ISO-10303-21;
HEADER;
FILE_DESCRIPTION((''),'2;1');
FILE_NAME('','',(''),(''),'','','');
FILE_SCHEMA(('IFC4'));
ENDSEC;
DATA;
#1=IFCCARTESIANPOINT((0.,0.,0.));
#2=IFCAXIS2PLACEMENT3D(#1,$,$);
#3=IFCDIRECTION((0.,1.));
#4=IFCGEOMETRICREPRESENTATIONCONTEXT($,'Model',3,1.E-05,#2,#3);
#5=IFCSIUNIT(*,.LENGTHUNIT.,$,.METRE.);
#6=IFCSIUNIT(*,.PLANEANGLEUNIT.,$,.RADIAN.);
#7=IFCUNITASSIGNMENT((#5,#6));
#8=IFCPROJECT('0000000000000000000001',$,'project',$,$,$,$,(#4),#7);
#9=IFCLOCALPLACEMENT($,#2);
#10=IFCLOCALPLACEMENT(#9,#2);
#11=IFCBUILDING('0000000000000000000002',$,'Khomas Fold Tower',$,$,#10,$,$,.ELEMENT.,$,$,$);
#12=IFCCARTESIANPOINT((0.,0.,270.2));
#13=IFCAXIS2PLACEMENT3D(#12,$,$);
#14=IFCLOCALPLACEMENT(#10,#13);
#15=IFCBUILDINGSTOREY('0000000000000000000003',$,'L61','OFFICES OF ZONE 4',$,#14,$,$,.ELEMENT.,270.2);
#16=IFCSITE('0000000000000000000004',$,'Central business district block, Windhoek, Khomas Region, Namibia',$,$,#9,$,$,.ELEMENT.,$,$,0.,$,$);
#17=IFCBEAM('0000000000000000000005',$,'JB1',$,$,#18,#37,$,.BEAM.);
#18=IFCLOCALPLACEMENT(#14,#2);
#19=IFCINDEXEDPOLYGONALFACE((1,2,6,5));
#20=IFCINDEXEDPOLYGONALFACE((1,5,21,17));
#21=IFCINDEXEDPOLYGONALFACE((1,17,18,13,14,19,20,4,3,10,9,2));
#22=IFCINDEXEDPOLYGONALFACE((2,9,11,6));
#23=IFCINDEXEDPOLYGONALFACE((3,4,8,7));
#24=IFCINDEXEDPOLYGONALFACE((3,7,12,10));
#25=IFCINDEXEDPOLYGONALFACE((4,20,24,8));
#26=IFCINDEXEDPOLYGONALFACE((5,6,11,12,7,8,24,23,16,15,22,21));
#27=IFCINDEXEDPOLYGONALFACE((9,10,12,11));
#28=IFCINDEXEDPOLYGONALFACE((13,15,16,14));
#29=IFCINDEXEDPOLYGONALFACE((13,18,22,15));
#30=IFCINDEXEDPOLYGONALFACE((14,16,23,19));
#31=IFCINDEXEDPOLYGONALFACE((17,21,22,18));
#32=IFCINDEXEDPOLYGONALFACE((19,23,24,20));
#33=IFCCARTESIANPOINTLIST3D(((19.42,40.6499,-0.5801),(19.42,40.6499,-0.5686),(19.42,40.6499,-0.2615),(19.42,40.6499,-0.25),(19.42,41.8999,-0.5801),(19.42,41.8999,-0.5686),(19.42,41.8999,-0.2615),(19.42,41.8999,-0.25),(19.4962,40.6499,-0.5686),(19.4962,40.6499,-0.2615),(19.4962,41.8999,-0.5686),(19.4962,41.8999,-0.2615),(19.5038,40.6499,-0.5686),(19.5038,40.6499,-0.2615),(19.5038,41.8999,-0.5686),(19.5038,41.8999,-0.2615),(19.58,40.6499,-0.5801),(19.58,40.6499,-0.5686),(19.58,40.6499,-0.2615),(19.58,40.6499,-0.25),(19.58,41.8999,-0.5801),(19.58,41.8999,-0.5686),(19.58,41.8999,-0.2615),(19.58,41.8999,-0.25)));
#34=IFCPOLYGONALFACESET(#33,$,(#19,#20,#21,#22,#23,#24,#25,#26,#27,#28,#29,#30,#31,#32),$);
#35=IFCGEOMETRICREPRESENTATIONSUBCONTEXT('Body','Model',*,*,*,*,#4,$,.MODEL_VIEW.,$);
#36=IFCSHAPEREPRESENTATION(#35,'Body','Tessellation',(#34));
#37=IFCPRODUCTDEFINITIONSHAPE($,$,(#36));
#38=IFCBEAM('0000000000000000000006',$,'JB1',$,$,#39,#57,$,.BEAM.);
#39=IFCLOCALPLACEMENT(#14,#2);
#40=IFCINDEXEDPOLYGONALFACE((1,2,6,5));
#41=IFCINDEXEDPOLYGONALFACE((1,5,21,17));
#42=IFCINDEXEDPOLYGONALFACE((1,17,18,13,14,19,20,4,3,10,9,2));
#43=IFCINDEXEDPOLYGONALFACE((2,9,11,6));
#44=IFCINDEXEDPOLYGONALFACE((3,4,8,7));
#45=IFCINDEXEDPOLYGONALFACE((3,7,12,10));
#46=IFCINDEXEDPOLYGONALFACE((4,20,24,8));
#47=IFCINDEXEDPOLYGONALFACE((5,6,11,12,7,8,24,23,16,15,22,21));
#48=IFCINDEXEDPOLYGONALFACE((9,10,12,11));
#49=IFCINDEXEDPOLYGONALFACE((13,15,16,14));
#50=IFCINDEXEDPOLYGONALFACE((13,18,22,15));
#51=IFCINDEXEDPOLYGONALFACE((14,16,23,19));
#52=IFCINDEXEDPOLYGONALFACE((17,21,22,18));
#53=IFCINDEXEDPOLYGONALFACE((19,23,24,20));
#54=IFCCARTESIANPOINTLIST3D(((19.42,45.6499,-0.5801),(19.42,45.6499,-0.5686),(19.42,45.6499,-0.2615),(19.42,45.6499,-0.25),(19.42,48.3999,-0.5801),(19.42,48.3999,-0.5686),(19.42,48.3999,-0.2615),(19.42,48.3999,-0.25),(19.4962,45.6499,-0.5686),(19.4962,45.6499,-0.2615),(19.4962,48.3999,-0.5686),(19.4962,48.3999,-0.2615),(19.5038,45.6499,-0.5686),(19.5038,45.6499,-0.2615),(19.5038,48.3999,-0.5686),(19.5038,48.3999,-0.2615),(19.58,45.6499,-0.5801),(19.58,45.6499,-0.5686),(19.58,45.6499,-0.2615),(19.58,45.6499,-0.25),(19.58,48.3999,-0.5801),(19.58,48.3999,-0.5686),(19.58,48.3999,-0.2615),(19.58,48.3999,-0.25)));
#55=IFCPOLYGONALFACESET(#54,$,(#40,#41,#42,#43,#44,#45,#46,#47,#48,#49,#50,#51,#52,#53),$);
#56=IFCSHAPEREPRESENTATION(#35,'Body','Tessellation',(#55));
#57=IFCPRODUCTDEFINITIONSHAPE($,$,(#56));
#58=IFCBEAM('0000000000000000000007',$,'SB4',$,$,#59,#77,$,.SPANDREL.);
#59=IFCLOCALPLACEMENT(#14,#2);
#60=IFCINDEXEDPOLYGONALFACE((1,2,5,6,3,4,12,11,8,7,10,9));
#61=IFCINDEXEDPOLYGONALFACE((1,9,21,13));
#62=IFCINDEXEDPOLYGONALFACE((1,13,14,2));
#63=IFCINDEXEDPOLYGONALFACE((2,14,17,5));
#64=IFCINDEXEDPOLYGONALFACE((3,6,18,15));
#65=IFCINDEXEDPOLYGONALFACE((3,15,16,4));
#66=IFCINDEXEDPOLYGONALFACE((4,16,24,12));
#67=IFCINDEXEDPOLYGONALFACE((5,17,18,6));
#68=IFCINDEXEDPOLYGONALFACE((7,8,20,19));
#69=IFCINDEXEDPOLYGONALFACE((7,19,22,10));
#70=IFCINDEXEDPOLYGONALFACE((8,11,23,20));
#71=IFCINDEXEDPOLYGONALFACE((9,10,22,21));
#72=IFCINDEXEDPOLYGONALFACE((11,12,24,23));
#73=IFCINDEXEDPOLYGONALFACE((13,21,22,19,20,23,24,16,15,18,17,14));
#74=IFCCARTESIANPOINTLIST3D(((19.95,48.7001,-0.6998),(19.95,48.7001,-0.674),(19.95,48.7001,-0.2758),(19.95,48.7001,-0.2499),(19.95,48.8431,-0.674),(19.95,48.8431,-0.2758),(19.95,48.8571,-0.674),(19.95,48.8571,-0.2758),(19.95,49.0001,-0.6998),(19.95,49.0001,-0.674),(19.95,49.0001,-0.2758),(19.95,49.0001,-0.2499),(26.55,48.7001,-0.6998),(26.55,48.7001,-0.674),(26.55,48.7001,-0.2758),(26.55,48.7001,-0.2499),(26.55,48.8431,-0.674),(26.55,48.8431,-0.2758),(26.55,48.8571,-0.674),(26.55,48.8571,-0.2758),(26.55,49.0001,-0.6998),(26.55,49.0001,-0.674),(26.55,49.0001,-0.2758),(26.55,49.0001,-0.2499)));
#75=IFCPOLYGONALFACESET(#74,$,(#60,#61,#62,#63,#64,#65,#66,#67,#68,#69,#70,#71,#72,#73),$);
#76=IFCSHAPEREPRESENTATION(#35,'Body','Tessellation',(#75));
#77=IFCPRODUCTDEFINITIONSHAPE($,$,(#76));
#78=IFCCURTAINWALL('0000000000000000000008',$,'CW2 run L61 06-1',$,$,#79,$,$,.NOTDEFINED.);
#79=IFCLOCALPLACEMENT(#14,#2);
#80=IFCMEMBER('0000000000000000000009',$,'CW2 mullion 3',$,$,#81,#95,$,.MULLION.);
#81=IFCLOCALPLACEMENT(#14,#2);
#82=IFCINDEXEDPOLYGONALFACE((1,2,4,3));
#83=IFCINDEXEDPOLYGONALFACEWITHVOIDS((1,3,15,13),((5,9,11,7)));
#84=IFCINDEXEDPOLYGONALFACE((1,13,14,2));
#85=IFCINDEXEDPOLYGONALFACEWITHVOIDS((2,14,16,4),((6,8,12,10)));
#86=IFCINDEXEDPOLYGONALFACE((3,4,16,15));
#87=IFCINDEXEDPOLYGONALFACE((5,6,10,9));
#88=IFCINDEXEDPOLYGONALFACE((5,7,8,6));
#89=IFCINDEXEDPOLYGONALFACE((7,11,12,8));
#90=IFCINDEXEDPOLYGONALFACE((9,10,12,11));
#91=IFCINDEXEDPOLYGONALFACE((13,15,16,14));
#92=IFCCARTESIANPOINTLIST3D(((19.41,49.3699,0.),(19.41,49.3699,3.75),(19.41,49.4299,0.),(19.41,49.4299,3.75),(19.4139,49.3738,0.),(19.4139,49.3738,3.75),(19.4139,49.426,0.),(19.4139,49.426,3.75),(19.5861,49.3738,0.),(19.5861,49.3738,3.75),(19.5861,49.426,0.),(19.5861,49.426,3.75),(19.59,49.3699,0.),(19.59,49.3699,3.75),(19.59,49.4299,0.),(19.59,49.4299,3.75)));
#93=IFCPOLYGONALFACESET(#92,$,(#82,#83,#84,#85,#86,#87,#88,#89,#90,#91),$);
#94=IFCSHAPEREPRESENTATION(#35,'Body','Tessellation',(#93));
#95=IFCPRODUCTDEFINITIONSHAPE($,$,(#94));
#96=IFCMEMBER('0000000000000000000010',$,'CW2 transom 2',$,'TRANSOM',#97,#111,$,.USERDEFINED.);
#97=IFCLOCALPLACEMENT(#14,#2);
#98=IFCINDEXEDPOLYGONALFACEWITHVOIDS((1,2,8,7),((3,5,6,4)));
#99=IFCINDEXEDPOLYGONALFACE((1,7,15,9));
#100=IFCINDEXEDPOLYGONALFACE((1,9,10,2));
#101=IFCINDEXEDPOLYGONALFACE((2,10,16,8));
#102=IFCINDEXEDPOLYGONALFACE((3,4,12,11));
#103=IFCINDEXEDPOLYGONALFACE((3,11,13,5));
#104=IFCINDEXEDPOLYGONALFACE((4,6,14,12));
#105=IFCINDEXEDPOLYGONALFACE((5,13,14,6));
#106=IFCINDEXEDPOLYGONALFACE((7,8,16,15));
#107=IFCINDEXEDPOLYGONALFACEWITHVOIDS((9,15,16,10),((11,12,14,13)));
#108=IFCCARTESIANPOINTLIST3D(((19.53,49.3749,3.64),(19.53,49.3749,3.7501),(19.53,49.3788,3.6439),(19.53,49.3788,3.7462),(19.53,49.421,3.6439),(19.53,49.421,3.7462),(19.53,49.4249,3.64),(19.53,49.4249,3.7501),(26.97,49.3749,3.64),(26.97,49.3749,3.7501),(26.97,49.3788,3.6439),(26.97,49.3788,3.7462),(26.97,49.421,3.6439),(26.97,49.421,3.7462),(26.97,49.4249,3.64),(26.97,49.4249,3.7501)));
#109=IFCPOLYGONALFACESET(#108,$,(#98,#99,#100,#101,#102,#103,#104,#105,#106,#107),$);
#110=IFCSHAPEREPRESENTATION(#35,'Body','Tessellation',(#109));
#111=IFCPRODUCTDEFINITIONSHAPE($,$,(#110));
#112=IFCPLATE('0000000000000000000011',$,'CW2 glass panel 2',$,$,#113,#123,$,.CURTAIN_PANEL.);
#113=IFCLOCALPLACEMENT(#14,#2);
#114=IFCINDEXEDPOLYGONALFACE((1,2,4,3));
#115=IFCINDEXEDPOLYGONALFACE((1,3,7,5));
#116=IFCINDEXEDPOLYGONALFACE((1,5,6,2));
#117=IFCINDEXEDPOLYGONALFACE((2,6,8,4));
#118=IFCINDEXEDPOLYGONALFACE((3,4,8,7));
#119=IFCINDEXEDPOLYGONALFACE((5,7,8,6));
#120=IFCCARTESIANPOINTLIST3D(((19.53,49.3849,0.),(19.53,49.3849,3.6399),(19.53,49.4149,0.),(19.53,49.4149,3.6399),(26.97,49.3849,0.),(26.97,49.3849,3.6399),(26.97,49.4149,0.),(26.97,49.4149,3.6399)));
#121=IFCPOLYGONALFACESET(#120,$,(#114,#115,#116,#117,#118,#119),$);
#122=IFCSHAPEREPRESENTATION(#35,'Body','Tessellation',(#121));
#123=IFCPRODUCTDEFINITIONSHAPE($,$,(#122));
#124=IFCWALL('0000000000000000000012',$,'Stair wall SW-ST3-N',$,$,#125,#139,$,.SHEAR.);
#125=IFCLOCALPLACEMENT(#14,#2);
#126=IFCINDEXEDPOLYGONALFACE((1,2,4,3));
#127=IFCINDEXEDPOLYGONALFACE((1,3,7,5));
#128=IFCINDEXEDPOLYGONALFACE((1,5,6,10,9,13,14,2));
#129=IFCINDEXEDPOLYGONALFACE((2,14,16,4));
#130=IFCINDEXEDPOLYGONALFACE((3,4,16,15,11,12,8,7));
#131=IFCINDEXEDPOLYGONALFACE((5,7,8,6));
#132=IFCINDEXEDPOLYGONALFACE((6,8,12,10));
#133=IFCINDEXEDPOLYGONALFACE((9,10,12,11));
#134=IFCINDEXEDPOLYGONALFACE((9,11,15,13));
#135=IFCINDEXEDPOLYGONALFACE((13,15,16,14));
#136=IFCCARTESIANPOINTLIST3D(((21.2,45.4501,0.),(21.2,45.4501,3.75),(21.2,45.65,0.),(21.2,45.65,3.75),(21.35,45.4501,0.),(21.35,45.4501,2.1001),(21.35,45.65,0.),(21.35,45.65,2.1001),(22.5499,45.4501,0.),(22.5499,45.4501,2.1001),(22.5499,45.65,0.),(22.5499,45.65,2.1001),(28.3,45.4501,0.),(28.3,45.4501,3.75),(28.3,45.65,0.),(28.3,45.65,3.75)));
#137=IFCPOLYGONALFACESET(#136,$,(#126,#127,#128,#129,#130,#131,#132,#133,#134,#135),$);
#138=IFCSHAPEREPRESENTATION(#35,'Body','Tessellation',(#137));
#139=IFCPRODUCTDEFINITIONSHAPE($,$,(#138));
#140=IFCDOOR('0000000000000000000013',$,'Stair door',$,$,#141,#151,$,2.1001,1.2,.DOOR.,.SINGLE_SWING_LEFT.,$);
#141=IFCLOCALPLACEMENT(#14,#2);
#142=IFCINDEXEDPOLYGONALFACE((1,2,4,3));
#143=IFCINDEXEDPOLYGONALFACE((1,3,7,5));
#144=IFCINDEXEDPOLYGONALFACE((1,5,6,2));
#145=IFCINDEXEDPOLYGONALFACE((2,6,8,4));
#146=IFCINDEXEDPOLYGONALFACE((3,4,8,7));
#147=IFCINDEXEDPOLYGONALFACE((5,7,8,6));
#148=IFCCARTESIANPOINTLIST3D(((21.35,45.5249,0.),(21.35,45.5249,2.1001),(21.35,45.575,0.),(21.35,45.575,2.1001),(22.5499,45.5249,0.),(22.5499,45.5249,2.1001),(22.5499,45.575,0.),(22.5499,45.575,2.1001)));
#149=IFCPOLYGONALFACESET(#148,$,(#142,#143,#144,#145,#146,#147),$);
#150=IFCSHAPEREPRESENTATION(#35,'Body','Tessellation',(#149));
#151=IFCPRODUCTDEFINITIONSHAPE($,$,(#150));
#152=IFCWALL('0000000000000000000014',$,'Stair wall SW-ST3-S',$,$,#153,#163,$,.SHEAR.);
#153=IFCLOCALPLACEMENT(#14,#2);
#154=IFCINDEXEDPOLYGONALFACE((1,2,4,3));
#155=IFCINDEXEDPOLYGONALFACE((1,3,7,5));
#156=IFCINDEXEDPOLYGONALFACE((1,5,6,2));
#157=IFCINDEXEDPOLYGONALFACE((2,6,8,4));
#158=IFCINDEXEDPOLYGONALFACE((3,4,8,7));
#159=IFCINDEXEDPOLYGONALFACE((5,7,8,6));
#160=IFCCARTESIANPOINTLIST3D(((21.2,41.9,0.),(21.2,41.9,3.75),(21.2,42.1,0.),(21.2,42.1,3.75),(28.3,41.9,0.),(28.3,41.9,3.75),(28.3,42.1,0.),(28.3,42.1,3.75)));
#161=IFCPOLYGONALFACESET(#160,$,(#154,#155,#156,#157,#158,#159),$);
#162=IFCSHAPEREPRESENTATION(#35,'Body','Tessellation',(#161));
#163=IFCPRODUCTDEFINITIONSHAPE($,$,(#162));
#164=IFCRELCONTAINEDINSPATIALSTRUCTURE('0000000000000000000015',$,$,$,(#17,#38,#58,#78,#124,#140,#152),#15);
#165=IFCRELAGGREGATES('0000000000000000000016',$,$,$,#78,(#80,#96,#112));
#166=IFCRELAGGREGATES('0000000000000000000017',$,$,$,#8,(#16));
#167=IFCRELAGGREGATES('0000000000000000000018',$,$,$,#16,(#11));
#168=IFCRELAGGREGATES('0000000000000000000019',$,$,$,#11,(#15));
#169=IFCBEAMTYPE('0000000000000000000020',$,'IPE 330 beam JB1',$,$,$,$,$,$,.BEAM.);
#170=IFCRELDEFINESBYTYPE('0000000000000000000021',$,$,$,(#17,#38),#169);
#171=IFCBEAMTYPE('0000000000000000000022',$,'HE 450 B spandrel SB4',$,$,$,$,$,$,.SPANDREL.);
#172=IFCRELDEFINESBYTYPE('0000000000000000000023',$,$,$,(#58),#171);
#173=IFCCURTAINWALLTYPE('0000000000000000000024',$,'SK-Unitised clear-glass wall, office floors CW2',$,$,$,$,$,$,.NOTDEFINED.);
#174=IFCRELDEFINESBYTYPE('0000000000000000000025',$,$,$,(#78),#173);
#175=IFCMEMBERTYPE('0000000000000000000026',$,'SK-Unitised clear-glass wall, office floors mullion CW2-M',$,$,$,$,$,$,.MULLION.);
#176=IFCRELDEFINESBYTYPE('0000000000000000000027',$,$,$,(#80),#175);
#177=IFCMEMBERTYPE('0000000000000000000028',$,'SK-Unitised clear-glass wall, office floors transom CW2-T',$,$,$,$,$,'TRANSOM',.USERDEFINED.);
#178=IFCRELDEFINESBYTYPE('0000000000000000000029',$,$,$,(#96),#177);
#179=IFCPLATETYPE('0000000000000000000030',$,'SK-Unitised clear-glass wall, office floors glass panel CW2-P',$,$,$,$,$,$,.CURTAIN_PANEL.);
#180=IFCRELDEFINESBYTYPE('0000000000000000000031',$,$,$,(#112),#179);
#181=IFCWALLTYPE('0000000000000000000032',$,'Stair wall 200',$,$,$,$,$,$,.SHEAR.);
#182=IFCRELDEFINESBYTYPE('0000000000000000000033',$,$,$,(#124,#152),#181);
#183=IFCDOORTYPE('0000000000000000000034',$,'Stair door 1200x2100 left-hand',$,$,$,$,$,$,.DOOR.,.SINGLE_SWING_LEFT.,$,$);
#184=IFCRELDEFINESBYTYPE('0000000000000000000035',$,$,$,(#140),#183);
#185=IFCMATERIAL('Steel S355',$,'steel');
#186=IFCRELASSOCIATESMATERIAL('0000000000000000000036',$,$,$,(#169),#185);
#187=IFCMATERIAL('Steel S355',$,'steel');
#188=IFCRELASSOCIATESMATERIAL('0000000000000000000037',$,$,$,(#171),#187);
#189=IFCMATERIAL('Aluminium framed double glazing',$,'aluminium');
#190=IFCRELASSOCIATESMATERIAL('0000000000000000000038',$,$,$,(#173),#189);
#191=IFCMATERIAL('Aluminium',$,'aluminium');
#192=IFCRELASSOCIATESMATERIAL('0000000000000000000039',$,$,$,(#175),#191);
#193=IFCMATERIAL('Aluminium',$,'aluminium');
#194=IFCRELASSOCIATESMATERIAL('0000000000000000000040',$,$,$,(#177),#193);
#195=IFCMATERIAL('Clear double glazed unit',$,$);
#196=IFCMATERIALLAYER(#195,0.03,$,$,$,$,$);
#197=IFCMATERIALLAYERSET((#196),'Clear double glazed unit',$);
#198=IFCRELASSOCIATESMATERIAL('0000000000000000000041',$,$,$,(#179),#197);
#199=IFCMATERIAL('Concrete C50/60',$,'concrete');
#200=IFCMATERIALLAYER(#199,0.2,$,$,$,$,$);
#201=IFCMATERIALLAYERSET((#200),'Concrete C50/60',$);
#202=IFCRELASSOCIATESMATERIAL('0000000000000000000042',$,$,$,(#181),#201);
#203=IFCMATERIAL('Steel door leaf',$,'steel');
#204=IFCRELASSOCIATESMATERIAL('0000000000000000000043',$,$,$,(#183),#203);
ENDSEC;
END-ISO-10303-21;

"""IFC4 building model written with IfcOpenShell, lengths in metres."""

from ifc_helpers import new_model, si_unit, direction, frame, frame_2d, origin, origin_2d, place, context, subcontext, project, spatial, rectangle, hollow_rectangle, i_section, extrude, source, transform, mapped, material, layer, layer_set, material_profile, profile_set, type_object, element, fill, aggregate, save


model = new_model("IFC4")

# Units and contexts
model_context = context("Model", 3, precision=1e-05, world=origin(), true_north=direction((0.0, 1.0)))
body_context = subcontext(model_context, "Body", "Model", "MODEL_VIEW")
ifc_project = project(units=[si_unit("LENGTHUNIT", "METRE"), si_unit("PLANEANGLEUNIT", "RADIAN")], contexts=[model_context])

# Site, building, storey
site_placement = place(None, origin())
site = spatial("IfcSite", under=ifc_project, at=site_placement, Name="Central business district block, Windhoek, Khomas Region, Namibia", CompositionType="ELEMENT", RefElevation=0.0)
building_placement = place(site_placement, origin())
building = spatial("IfcBuilding", under=site, at=building_placement, Name="Khomas Fold Tower", CompositionType="ELEMENT")
storey_placement = place(building_placement, frame((0.0, 0.0, 270.2)))
storey = spatial("IfcBuildingStorey", under=building, at=storey_placement, Name="L61", Description="OFFICES OF ZONE 4", CompositionType="ELEMENT", Elevation=270.2)

# Beams
ifc_material_1 = material(Name="Steel S355", Category="steel")
ifc_material_profile_1 = material_profile(ifc_material_1, i_section(OverallWidth=0.1599, OverallDepth=0.3301, WebThickness=0.0076, FlangeThickness=0.0115, at=origin_2d()), Name="IPE 330")
ifc_profile_set_1 = profile_set([ifc_material_profile_1], Name="Steel S355")
beam_type_1 = type_object("IfcBeamType", Name="IPE 330 beam JB1", PredefinedType="BEAM", material=ifc_profile_set_1)
shared_shape_1 = source(origin(), body_context, "Body", "SweptSolid", [
    extrude(i_section(OverallWidth=0.1599, OverallDepth=0.3301, WebThickness=0.0076, FlangeThickness=0.0115, at=origin_2d()), origin(), (0.0, 0.0, 1.0), 1.25),
])
beam_1_placement = place(storey_placement, frame((19.5, 40.6499, -0.415), z_axis=(0.0, 1.0, 0.0), x_axis=(-1.0, 0.0, 0.0)))
element("IfcBeam", 1, at=beam_1_placement, inside=storey, type_object=beam_type_1, Name="JB1", PredefinedType="BEAM", context=body_context, shape_type="MappedRepresentation", body=[
    mapped(shared_shape_1, transform((0.0, 0.0, 0.0))),
])
shared_shape_2 = source(origin(), body_context, "Body", "SweptSolid", [
    extrude(i_section(OverallWidth=0.1599, OverallDepth=0.3301, WebThickness=0.0076, FlangeThickness=0.0115, at=origin_2d()), origin(), (0.0, 0.0, 1.0), 2.75),
])
beam_2_placement = place(storey_placement, frame((19.5, 45.6499, -0.415), z_axis=(0.0, 1.0, 0.0), x_axis=(-1.0, 0.0, 0.0)))
element("IfcBeam", 2, at=beam_2_placement, inside=storey, type_object=beam_type_1, Name="JB1", PredefinedType="BEAM", context=body_context, shape_type="MappedRepresentation", body=[
    mapped(shared_shape_2, transform((0.0, 0.0, 0.0))),
])
ifc_material_2 = material(Name="Steel S355", Category="steel")
ifc_material_profile_2 = material_profile(ifc_material_2, i_section(OverallWidth=0.3, OverallDepth=0.45, WebThickness=0.0139, FlangeThickness=0.0259, at=origin_2d()), Name="HE 450 B")
ifc_profile_set_2 = profile_set([ifc_material_profile_2], Name="Steel S355")
beam_type_2 = type_object("IfcBeamType", Name="HE 450 B spandrel SB4", PredefinedType="SPANDREL", material=ifc_profile_set_2)
shared_shape_3 = source(origin(), body_context, "Body", "SweptSolid", [
    extrude(i_section(OverallWidth=0.3, OverallDepth=0.45, WebThickness=0.0139, FlangeThickness=0.0259, at=origin_2d()), origin(), (0.0, 0.0, 1.0), 6.6001),
])
beam_3_placement = place(storey_placement, frame((19.95, 48.8501, -0.4749), z_axis=(1.0, 0.0, 0.0), x_axis=(0.0, 1.0, 0.0)))
element("IfcBeam", 3, at=beam_3_placement, inside=storey, type_object=beam_type_2, Name="SB4", PredefinedType="SPANDREL", context=body_context, shape_type="MappedRepresentation", body=[
    mapped(shared_shape_3, transform((0.0, 0.0, 0.0))),
])

# Curtain wall, members, plate
ifc_material_3 = material(Name="Aluminium framed double glazing", Category="aluminium")
curtain_wall_type = type_object("IfcCurtainWallType", Name="SK-Unitised clear-glass wall, office floors CW2", PredefinedType="NOTDEFINED", material=ifc_material_3)
curtain_wall_placement = place(storey_placement, origin())
curtain_wall = element("IfcCurtainWall", 4, at=curtain_wall_placement, inside=storey, type_object=curtain_wall_type, Name="CW2 run L61 06-1", PredefinedType="NOTDEFINED")
ifc_material_4 = material(Name="Aluminium", Category="aluminium")
ifc_material_profile_3 = material_profile(ifc_material_4, hollow_rectangle(XDim=0.0601, YDim=0.1799, WallThickness=0.0039, at=origin_2d()), Name="SK-Unitised clear-glass wall, office floors mullion CW2-M")
ifc_profile_set_3 = profile_set([ifc_material_profile_3], Name="Aluminium")
member_type_1 = type_object("IfcMemberType", Name="SK-Unitised clear-glass wall, office floors mullion CW2-M", PredefinedType="MULLION", material=ifc_profile_set_3)
shared_shape_4 = source(origin(), body_context, "Body", "SweptSolid", [
    extrude(hollow_rectangle(XDim=0.0601, YDim=0.1799, WallThickness=0.0039, at=origin_2d()), origin(), (0.0, 0.0, 1.0), 3.75),
])
member_1_placement = place(storey_placement, frame((19.5, 49.3999, 0.0), z_axis=(0.0, 0.0, 1.0), x_axis=(0.0, -1.0, 0.0)))
member_1 = element("IfcMember", 5, at=member_1_placement, type_object=member_type_1, Name="CW2 mullion 3", PredefinedType="MULLION", context=body_context, shape_type="MappedRepresentation", body=[
    mapped(shared_shape_4, transform((0.0, 0.0, 0.0))),
])
ifc_material_5 = material(Name="Aluminium", Category="aluminium")
ifc_material_profile_4 = material_profile(ifc_material_5, hollow_rectangle(XDim=0.05, YDim=0.1101, WallThickness=0.0039, at=origin_2d()), Name="SK-Unitised clear-glass wall, office floors transom CW2-T")
ifc_profile_set_4 = profile_set([ifc_material_profile_4], Name="Aluminium")
member_type_2 = type_object("IfcMemberType", Name="SK-Unitised clear-glass wall, office floors transom CW2-T", ElementType="TRANSOM", PredefinedType="USERDEFINED", material=ifc_profile_set_4)
shared_shape_5 = source(origin(), body_context, "Body", "SweptSolid", [
    extrude(hollow_rectangle(XDim=0.05, YDim=0.1101, WallThickness=0.0039, at=origin_2d()), origin(), (0.0, 0.0, 1.0), 7.4399),
])
member_2_placement = place(storey_placement, frame((26.97, 49.3999, 3.6951), z_axis=(-1.0, 0.0, 0.0), x_axis=(0.0, -1.0, 0.0)))
member_2 = element("IfcMember", 6, at=member_2_placement, type_object=member_type_2, Name="CW2 transom 2", ObjectType="TRANSOM", PredefinedType="USERDEFINED", context=body_context, shape_type="MappedRepresentation", body=[
    mapped(shared_shape_5, transform((0.0, 0.0, 0.0))),
])
ifc_material_6 = material(Name="Clear double glazed unit")
ifc_layer_1 = layer(ifc_material_6, 0.03)
ifc_layer_set_1 = layer_set([ifc_layer_1], Name="Clear double glazed unit")
plate_type = type_object("IfcPlateType", Name="SK-Unitised clear-glass wall, office floors glass panel CW2-P", PredefinedType="CURTAIN_PANEL", material=ifc_layer_set_1)
shared_shape_6 = source(origin(), body_context, "Body", "SweptSolid", [
    extrude(rectangle(XDim=7.4399, YDim=0.03, at=origin_2d()), origin(), (0.0, 0.0, 1.0), 3.6399),
])
plate_placement = place(storey_placement, frame((23.25, 49.3999, 0.0), z_axis=(0.0, 0.0, 1.0), x_axis=(-1.0, 0.0, 0.0)))
plate = element("IfcPlate", 7, at=plate_placement, type_object=plate_type, Name="CW2 glass panel 2", PredefinedType="CURTAIN_PANEL", context=body_context, shape_type="MappedRepresentation", body=[
    mapped(shared_shape_6, transform((0.0, 0.0, 0.0))),
])
aggregate(curtain_wall, [member_1, member_2, plate])

# Wall, opening, door
ifc_material_7 = material(Name="Concrete C50/60", Category="concrete")
ifc_layer_2 = layer(ifc_material_7, 0.2)
ifc_layer_set_2 = layer_set([ifc_layer_2], Name="Concrete C50/60")
wall_type_1 = type_object("IfcWallType", Name="Stair wall 200", PredefinedType="SHEAR", material=ifc_layer_set_2)
shared_shape_7 = source(origin(), body_context, "Body", "SweptSolid", [
    extrude(rectangle(XDim=7.1001, YDim=0.2, at=frame_2d((3.55, 0.0))), origin(), (0.0, 0.0, 1.0), 3.75),
])
wall_1_placement = place(storey_placement, frame((21.2, 45.55, 0.0), z_axis=(0.0, 0.0, 1.0), x_axis=(1.0, 0.0, 0.0)))
wall_1 = element("IfcWall", 8, at=wall_1_placement, inside=storey, type_object=wall_type_1, Name="Stair wall SW-ST3-N", PredefinedType="SHEAR", context=body_context, shape_type="MappedRepresentation", body=[
    mapped(shared_shape_7, transform((0.0, 0.0, 0.0))),
])
shared_shape_8 = source(origin(), body_context, "Body", "SweptSolid", [
    extrude(rectangle(XDim=1.2, YDim=2.1001, at=frame_2d((0.6001, 1.05))), frame((0.0, 0.1099, 0.0), z_axis=(0.0, -1.0, 0.0), x_axis=(1.0, 0.0, 0.0)), (0.0, 0.0, 1.0), 0.22),
])
opening_placement = place(wall_1_placement, frame((0.1499, 0.0, 0.0)))
opening = element("IfcOpeningElement", 9, at=opening_placement, cuts=wall_1, PredefinedType="OPENING", context=body_context, shape_type="MappedRepresentation", body=[
    mapped(shared_shape_8, transform((0.0, 0.0, 0.0))),
])
ifc_material_8 = material(Name="Steel door leaf", Category="steel")
door_type = type_object("IfcDoorType", Name="Stair door 1200x2100 left-hand", OperationType="SINGLE_SWING_LEFT", PredefinedType="DOOR", material=ifc_material_8)
shared_shape_9 = source(origin(), body_context, "Body", "SweptSolid", [
    extrude(rectangle(XDim=1.2, YDim=2.1001, at=frame_2d((0.6001, 1.05))), frame((0.0, 0.0249, 0.0), z_axis=(0.0, -1.0, 0.0), x_axis=(1.0, 0.0, 0.0)), (0.0, 0.0, 1.0), 0.05),
])
door_placement = place(opening_placement, origin())
door = element("IfcDoor", 10, at=door_placement, inside=storey, type_object=door_type, Name="Stair door", OperationType="SINGLE_SWING_LEFT", OverallHeight=2.1001, OverallWidth=1.2, PredefinedType="DOOR", context=body_context, shape_type="MappedRepresentation", body=[
    mapped(shared_shape_9, transform((0.0, 0.0, 0.0))),
])
fill(opening, door)

# Wall
wall_2_placement = place(storey_placement, frame((21.2, 42.0, 0.0), z_axis=(0.0, 0.0, 1.0), x_axis=(1.0, 0.0, 0.0)))
element("IfcWall", 11, at=wall_2_placement, inside=storey, type_object=wall_type_1, Name="Stair wall SW-ST3-S", PredefinedType="SHEAR", context=body_context, shape_type="MappedRepresentation", body=[
    mapped(shared_shape_7, transform((0.0, 0.0, 0.0))),
])

save(model, "model.ifc")
